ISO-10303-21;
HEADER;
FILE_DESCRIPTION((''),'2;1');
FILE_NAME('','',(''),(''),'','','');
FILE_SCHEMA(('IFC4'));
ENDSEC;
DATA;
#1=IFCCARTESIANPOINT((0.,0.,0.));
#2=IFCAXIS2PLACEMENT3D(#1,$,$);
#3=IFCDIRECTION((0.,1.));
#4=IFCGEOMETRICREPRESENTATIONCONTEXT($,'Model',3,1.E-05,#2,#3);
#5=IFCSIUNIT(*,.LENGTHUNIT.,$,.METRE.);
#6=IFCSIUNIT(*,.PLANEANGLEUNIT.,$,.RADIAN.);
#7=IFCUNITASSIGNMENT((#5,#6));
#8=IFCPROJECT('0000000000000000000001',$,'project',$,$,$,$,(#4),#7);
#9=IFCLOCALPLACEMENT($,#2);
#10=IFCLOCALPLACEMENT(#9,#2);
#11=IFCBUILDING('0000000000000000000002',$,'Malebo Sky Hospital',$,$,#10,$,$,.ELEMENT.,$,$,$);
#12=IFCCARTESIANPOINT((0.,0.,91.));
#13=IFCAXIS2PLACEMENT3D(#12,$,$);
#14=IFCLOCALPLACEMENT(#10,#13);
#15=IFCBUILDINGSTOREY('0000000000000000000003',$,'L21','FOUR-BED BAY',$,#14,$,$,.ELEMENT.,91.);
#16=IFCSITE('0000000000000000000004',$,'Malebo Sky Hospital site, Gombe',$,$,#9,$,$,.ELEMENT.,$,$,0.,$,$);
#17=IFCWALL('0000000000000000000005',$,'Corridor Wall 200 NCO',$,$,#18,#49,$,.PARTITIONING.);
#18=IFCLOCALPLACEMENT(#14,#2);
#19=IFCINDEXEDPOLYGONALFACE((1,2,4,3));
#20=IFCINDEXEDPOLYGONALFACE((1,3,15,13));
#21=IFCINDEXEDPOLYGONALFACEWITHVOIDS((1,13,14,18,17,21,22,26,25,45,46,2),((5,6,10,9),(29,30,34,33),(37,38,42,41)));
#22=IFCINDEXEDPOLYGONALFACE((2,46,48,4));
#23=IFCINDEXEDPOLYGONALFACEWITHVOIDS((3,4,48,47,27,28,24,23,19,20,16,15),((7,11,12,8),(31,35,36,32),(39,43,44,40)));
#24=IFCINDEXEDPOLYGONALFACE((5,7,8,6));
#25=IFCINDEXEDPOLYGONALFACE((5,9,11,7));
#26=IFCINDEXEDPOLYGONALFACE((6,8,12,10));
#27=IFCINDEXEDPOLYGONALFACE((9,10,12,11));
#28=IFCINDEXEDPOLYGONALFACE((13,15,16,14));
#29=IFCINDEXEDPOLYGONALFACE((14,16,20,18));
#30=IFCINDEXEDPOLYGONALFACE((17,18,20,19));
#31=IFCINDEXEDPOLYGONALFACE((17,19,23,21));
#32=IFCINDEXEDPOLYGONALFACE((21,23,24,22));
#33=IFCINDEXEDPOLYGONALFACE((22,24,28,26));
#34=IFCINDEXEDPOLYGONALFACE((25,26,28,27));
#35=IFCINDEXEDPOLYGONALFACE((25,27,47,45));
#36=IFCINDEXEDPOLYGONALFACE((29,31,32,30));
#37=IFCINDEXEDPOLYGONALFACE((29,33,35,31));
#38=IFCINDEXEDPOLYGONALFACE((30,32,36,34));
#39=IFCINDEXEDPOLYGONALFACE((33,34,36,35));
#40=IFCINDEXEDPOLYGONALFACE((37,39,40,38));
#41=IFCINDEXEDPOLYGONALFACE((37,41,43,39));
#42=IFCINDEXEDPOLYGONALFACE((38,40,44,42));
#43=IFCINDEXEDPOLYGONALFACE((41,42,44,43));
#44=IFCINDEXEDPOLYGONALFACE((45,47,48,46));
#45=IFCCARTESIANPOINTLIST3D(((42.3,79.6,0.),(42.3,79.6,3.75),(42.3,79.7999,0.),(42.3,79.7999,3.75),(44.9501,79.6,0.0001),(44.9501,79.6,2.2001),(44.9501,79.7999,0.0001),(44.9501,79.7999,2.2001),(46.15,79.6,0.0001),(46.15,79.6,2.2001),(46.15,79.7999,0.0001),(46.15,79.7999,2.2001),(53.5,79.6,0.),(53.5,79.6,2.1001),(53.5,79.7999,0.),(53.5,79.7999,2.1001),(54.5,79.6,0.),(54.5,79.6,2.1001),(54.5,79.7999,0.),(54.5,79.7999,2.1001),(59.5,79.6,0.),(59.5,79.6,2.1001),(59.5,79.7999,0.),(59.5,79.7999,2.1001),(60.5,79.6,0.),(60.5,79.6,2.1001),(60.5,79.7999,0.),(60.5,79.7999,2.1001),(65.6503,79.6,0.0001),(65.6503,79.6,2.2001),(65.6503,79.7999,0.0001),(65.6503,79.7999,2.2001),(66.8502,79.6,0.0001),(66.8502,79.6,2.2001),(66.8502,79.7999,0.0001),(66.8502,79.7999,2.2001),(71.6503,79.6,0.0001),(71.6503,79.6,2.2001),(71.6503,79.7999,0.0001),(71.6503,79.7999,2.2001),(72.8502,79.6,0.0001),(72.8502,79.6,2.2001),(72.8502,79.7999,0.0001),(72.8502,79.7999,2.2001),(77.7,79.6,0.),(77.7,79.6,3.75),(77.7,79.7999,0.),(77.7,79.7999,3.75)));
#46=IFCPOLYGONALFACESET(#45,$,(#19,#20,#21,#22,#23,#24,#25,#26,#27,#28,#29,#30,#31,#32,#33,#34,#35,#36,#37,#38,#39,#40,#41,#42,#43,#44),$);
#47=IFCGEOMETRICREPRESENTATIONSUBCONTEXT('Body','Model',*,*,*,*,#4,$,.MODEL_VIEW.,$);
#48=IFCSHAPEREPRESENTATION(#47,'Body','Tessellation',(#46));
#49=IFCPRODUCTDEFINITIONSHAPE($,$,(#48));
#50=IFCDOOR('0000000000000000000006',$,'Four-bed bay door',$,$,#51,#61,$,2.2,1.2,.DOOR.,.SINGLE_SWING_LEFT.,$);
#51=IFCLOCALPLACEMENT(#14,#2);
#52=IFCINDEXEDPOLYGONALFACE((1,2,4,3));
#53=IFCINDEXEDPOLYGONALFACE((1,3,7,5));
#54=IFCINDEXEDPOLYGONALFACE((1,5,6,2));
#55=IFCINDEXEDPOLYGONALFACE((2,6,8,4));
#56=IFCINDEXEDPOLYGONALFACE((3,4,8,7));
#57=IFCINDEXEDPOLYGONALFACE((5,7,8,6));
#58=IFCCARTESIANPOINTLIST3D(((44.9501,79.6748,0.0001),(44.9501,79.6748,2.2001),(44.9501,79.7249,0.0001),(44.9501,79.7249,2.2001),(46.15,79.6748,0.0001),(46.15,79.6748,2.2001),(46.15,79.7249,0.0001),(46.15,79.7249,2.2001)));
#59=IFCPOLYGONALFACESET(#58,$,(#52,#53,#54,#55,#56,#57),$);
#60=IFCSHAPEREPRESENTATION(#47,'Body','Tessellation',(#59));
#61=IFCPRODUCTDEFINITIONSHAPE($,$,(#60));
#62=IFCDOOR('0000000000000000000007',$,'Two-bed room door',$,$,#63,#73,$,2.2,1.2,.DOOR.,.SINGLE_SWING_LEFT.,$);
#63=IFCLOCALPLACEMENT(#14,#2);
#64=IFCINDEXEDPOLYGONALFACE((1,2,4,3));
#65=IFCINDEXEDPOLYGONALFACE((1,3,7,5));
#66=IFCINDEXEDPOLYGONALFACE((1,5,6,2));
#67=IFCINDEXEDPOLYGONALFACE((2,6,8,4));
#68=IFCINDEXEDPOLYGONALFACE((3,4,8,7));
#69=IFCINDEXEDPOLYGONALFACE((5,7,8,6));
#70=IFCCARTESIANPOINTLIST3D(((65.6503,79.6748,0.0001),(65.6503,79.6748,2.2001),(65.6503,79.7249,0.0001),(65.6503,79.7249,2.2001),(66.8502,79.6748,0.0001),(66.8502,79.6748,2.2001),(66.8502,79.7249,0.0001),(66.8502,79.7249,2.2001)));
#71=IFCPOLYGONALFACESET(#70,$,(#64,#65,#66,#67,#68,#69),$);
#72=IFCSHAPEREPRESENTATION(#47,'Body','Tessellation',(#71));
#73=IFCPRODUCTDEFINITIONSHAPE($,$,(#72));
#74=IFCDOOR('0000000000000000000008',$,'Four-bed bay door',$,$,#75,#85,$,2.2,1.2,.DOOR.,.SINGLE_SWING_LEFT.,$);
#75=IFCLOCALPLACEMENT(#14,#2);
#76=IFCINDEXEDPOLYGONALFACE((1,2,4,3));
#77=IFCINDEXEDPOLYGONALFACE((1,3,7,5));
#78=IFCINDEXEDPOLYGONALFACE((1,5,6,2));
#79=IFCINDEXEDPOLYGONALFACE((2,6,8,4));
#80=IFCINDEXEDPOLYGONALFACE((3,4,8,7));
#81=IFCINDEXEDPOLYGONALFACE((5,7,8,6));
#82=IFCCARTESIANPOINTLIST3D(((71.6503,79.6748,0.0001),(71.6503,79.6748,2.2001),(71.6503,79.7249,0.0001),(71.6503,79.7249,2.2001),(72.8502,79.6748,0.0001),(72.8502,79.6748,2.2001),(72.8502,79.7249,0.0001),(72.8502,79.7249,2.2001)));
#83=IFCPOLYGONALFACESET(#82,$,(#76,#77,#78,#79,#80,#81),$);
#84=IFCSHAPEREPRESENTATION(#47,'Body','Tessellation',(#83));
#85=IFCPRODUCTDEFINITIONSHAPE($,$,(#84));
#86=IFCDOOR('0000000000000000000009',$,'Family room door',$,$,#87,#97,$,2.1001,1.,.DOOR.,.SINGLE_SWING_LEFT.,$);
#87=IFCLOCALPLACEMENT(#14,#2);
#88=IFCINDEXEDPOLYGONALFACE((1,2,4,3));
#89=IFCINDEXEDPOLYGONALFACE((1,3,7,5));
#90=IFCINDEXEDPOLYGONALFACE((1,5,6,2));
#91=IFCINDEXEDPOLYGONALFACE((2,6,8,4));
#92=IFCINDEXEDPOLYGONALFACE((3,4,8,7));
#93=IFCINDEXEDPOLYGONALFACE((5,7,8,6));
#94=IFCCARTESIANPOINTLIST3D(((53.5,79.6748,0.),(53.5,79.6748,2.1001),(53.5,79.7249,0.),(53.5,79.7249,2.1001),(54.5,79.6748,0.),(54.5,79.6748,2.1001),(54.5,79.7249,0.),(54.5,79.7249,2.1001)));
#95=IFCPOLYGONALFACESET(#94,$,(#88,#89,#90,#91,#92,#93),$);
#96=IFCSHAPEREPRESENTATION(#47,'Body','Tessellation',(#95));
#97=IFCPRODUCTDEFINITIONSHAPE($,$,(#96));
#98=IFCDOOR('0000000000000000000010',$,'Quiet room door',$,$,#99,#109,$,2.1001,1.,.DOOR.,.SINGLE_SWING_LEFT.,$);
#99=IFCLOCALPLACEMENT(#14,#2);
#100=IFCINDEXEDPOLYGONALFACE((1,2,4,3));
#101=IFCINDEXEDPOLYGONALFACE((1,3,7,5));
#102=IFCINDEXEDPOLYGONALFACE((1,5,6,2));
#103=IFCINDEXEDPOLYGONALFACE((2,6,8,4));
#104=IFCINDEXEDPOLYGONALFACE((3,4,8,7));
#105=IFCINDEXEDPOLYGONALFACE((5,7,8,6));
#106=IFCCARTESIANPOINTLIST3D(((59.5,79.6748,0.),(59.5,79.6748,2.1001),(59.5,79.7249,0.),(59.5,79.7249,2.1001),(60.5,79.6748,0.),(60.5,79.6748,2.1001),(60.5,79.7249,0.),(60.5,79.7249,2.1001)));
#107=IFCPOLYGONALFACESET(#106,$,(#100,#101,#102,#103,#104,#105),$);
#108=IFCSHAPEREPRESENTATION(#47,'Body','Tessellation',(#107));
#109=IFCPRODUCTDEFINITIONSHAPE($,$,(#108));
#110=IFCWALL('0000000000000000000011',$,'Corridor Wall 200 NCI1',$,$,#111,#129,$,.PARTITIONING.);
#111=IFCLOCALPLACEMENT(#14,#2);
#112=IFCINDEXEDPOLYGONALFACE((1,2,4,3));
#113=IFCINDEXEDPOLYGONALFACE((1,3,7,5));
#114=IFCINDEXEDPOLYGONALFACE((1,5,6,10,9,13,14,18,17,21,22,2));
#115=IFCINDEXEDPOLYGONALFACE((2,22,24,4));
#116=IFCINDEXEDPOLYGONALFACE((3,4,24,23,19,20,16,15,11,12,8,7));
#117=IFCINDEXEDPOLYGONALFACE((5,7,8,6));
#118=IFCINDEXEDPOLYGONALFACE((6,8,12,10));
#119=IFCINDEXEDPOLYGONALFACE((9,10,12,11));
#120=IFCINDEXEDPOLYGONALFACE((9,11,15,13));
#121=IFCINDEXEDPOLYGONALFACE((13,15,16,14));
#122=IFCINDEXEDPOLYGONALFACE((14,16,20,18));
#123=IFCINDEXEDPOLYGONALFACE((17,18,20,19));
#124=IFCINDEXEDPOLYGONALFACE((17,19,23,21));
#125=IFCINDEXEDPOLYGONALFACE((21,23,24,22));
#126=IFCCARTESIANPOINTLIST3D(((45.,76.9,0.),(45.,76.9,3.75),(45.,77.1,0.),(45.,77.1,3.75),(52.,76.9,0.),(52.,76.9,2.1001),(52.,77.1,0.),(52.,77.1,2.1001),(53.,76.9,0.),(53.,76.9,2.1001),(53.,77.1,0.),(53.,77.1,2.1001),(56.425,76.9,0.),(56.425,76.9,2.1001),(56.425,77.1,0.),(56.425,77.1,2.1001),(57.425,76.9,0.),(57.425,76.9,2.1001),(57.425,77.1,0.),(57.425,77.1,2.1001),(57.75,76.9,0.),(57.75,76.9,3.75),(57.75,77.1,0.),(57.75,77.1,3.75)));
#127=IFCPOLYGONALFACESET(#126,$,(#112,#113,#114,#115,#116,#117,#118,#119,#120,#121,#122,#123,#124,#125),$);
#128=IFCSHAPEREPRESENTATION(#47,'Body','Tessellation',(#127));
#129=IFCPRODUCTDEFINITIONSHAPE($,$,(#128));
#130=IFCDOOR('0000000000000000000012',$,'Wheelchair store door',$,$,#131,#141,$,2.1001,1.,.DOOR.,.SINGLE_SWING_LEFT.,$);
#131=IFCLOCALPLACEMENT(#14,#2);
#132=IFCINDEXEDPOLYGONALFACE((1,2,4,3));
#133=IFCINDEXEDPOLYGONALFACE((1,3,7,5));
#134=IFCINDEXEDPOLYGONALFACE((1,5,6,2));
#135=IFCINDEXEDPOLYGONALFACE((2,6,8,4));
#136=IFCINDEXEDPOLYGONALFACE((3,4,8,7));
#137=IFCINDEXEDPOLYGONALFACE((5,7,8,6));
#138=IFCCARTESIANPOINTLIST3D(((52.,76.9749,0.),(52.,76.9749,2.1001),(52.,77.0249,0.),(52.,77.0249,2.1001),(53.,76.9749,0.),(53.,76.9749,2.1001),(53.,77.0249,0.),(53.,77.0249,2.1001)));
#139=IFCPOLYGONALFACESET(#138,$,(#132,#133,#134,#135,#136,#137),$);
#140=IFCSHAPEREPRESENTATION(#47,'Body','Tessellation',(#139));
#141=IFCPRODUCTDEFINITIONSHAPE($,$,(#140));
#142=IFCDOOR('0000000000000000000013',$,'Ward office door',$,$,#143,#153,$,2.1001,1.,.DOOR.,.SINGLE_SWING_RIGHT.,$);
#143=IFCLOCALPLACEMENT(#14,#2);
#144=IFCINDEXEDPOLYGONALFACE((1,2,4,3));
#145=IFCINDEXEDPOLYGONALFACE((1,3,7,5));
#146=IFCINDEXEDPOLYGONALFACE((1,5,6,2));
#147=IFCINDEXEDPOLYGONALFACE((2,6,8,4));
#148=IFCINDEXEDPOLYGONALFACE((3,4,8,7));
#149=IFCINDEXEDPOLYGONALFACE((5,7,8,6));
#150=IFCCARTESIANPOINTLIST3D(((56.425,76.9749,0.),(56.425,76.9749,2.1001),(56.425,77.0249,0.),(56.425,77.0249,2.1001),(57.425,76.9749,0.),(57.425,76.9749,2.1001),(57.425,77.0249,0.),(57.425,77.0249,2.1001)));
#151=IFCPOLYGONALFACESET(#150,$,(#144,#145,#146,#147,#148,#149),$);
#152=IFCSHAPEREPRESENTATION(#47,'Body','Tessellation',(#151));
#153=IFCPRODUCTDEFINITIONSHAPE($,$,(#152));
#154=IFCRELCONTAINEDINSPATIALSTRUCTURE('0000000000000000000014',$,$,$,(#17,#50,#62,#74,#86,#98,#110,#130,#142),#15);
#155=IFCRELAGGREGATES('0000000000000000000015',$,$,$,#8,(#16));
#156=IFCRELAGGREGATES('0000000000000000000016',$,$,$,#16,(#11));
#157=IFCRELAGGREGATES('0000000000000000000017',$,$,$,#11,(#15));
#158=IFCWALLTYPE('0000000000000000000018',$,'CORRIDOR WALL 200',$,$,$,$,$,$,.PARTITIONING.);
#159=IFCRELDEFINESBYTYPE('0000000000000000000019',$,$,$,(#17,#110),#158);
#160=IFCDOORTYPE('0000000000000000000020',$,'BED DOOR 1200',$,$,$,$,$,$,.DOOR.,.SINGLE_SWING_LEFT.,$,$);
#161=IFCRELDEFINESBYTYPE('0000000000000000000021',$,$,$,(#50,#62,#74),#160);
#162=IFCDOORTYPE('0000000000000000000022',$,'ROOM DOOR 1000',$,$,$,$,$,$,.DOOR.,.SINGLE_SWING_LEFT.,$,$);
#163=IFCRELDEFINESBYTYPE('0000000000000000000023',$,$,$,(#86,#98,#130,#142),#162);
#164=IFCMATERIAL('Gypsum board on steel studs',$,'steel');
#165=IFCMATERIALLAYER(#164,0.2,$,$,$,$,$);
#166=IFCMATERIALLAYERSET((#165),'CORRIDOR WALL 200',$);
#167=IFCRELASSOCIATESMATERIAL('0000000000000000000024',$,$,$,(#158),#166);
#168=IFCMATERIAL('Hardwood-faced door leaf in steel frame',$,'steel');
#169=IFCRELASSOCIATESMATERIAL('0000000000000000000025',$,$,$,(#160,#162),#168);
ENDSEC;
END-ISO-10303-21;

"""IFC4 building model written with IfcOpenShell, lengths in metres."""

from ifc_helpers import new_model, si_unit, direction, frame, frame_2d, origin, place, context, subcontext, project, spatial, rectangle, extrude, material, layer, layer_set, type_object, element, fill, save


model = new_model("IFC4")

# Units and contexts
model_context = context("Model", 3, precision=1e-05, world=origin(), true_north=direction((0.0, 1.0)))
body_context = subcontext(model_context, "Body", "Model", "MODEL_VIEW")
ifc_project = project(units=[si_unit("LENGTHUNIT", "METRE"), si_unit("PLANEANGLEUNIT", "RADIAN")], contexts=[model_context])

# Site, building, storey
site_placement = place(None, origin())
site = spatial("IfcSite", under=ifc_project, at=site_placement, Name="Malebo Sky Hospital site, Gombe", CompositionType="ELEMENT", RefElevation=0.0)
building_placement = place(site_placement, origin())
building = spatial("IfcBuilding", under=site, at=building_placement, Name="Malebo Sky Hospital", CompositionType="ELEMENT")
storey_placement = place(building_placement, frame((0.0, 0.0, 91.0)))
storey = spatial("IfcBuildingStorey", under=building, at=storey_placement, Name="L21", Description="FOUR-BED BAY", CompositionType="ELEMENT", Elevation=91.0)

# Shared definitions
ifc_material_1 = material(Name="Hardwood-faced door leaf in steel frame", Category="steel")

# Walls, openings, doors
ifc_material_2 = material(Name="Gypsum board on steel studs", Category="steel")
ifc_layer_1 = layer(ifc_material_2, 0.2)
ifc_layer_set_1 = layer_set([ifc_layer_1], Name="CORRIDOR WALL 200")
wall_type_1 = type_object("IfcWallType", Name="CORRIDOR WALL 200", PredefinedType="PARTITIONING", material=ifc_layer_set_1)
wall_1_placement = place(storey_placement, frame((42.3, 79.7, 0.0), z_axis=(0.0, 0.0, 1.0), x_axis=(1.0, 0.0, 0.0)))
wall_1 = element("IfcWall", 1, at=wall_1_placement, inside=storey, type_object=wall_type_1, Name="Corridor Wall 200 NCO", PredefinedType="PARTITIONING", context=body_context, shape_type="SweptSolid", body=[
    extrude(rectangle(XDim=35.3999, YDim=0.2, at=frame_2d((17.7, 0.0))), origin(), (0.0, 0.0, 1.0), 3.75),
])
opening_1_placement = place(wall_1_placement, frame((2.6499, 0.0, 0.0)))
opening_1 = element("IfcOpeningElement", 2, at=opening_1_placement, cuts=wall_1, PredefinedType="OPENING", context=body_context, shape_type="SweptSolid", body=[
    extrude(rectangle(XDim=1.2, YDim=2.2, at=frame_2d((0.6001, 1.1001))), frame((0.0, 0.1099, 0.0), z_axis=(0.0, -1.0, 0.0), x_axis=(1.0, 0.0, 0.0)), (0.0, 0.0, 1.0), 0.22),
])
opening_2_placement = place(wall_1_placement, frame((11.2, 0.0, 0.0)))
opening_2 = element("IfcOpeningElement", 3, at=opening_2_placement, cuts=wall_1, PredefinedType="OPENING", context=body_context, shape_type="SweptSolid", body=[
    extrude(rectangle(XDim=1.0, YDim=2.1001, at=frame_2d((0.5, 1.05))), frame((0.0, 0.1099, 0.0), z_axis=(0.0, -1.0, 0.0), x_axis=(1.0, 0.0, 0.0)), (0.0, 0.0, 1.0), 0.22),
])
opening_3_placement = place(wall_1_placement, frame((17.2, 0.0, 0.0)))
opening_3 = element("IfcOpeningElement", 4, at=opening_3_placement, cuts=wall_1, PredefinedType="OPENING", context=body_context, shape_type="SweptSolid", body=[
    extrude(rectangle(XDim=1.0, YDim=2.1001, at=frame_2d((0.5, 1.05))), frame((0.0, 0.1099, 0.0), z_axis=(0.0, -1.0, 0.0), x_axis=(1.0, 0.0, 0.0)), (0.0, 0.0, 1.0), 0.22),
])
opening_4_placement = place(wall_1_placement, frame((23.3501, 0.0, 0.0)))
opening_4 = element("IfcOpeningElement", 5, at=opening_4_placement, cuts=wall_1, PredefinedType="OPENING", context=body_context, shape_type="SweptSolid", body=[
    extrude(rectangle(XDim=1.2, YDim=2.2, at=frame_2d((0.6001, 1.1001))), frame((0.0, 0.1099, 0.0), z_axis=(0.0, -1.0, 0.0), x_axis=(1.0, 0.0, 0.0)), (0.0, 0.0, 1.0), 0.22),
])
opening_5_placement = place(wall_1_placement, frame((29.3501, 0.0, 0.0)))
opening_5 = element("IfcOpeningElement", 6, at=opening_5_placement, cuts=wall_1, PredefinedType="OPENING", context=body_context, shape_type="SweptSolid", body=[
    extrude(rectangle(XDim=1.2, YDim=2.2, at=frame_2d((0.6001, 1.1001))), frame((0.0, 0.1099, 0.0), z_axis=(0.0, -1.0, 0.0), x_axis=(1.0, 0.0, 0.0)), (0.0, 0.0, 1.0), 0.22),
])
door_type_1 = type_object("IfcDoorType", Name="BED DOOR 1200", OperationType="SINGLE_SWING_LEFT", PredefinedType="DOOR", material=ifc_material_1)
door_1_placement = place(opening_1_placement, origin())
door_1 = element("IfcDoor", 7, at=door_1_placement, inside=storey, type_object=door_type_1, Name="Four-bed bay door", OperationType="SINGLE_SWING_LEFT", OverallHeight=2.2, OverallWidth=1.2, PredefinedType="DOOR", context=body_context, shape_type="SweptSolid", body=[
    extrude(rectangle(XDim=1.2, YDim=2.2, at=frame_2d((0.6001, 1.1001))), frame((0.0, 0.0249, 0.0), z_axis=(0.0, -1.0, 0.0), x_axis=(1.0, 0.0, 0.0)), (0.0, 0.0, 1.0), 0.05),
])
fill(opening_1, door_1)
door_2_placement = place(opening_4_placement, origin())
door_2 = element("IfcDoor", 8, at=door_2_placement, inside=storey, type_object=door_type_1, Name="Two-bed room door", OperationType="SINGLE_SWING_LEFT", OverallHeight=2.2, OverallWidth=1.2, PredefinedType="DOOR", context=body_context, shape_type="SweptSolid", body=[
    extrude(rectangle(XDim=1.2, YDim=2.2, at=frame_2d((0.6001, 1.1001))), frame((0.0, 0.0249, 0.0), z_axis=(0.0, -1.0, 0.0), x_axis=(1.0, 0.0, 0.0)), (0.0, 0.0, 1.0), 0.05),
])
fill(opening_4, door_2)
door_3_placement = place(opening_5_placement, origin())
door_3 = element("IfcDoor", 9, at=door_3_placement, inside=storey, type_object=door_type_1, Name="Four-bed bay door", OperationType="SINGLE_SWING_LEFT", OverallHeight=2.2, OverallWidth=1.2, PredefinedType="DOOR", context=body_context, shape_type="SweptSolid", body=[
    extrude(rectangle(XDim=1.2, YDim=2.2, at=frame_2d((0.6001, 1.1001))), frame((0.0, 0.0249, 0.0), z_axis=(0.0, -1.0, 0.0), x_axis=(1.0, 0.0, 0.0)), (0.0, 0.0, 1.0), 0.05),
])
fill(opening_5, door_3)
door_type_2 = type_object("IfcDoorType", Name="ROOM DOOR 1000", OperationType="SINGLE_SWING_LEFT", PredefinedType="DOOR", material=ifc_material_1)
door_4_placement = place(opening_2_placement, origin())
door_4 = element("IfcDoor", 10, at=door_4_placement, inside=storey, type_object=door_type_2, Name="Family room door", OperationType="SINGLE_SWING_LEFT", OverallHeight=2.1001, OverallWidth=1.0, PredefinedType="DOOR", context=body_context, shape_type="SweptSolid", body=[
    extrude(rectangle(XDim=1.0, YDim=2.1001, at=frame_2d((0.5, 1.05))), frame((0.0, 0.0249, 0.0), z_axis=(0.0, -1.0, 0.0), x_axis=(1.0, 0.0, 0.0)), (0.0, 0.0, 1.0), 0.05),
])
fill(opening_2, door_4)
door_5_placement = place(opening_3_placement, origin())
door_5 = element("IfcDoor", 11, at=door_5_placement, inside=storey, type_object=door_type_2, Name="Quiet room door", OperationType="SINGLE_SWING_LEFT", OverallHeight=2.1001, OverallWidth=1.0, PredefinedType="DOOR", context=body_context, shape_type="SweptSolid", body=[
    extrude(rectangle(XDim=1.0, YDim=2.1001, at=frame_2d((0.5, 1.05))), frame((0.0, 0.0249, 0.0), z_axis=(0.0, -1.0, 0.0), x_axis=(1.0, 0.0, 0.0)), (0.0, 0.0, 1.0), 0.05),
])
fill(opening_3, door_5)
wall_2_placement = place(storey_placement, frame((45.0, 77.0, 0.0), z_axis=(0.0, 0.0, 1.0), x_axis=(1.0, 0.0, 0.0)))
wall_2 = element("IfcWall", 12, at=wall_2_placement, inside=storey, type_object=wall_type_1, Name="Corridor Wall 200 NCI1", PredefinedType="PARTITIONING", context=body_context, shape_type="SweptSolid", body=[
    extrude(rectangle(XDim=12.75, YDim=0.2, at=frame_2d((6.375, 0.0))), origin(), (0.0, 0.0, 1.0), 3.75),
])
opening_6_placement = place(wall_2_placement, frame((7.0, 0.0, 0.0)))
opening_6 = element("IfcOpeningElement", 13, at=opening_6_placement, cuts=wall_2, PredefinedType="OPENING", context=body_context, shape_type="SweptSolid", body=[
    extrude(rectangle(XDim=1.0, YDim=2.1001, at=frame_2d((0.5, 1.05))), frame((0.0, 0.1099, 0.0), z_axis=(0.0, -1.0, 0.0), x_axis=(1.0, 0.0, 0.0)), (0.0, 0.0, 1.0), 0.22),
])
opening_7_placement = place(wall_2_placement, frame((11.425, 0.0, 0.0)))
opening_7 = element("IfcOpeningElement", 14, at=opening_7_placement, cuts=wall_2, PredefinedType="OPENING", context=body_context, shape_type="SweptSolid", body=[
    extrude(rectangle(XDim=1.0, YDim=2.1001, at=frame_2d((0.5, 1.05))), frame((0.0, 0.1099, 0.0), z_axis=(0.0, -1.0, 0.0), x_axis=(1.0, 0.0, 0.0)), (0.0, 0.0, 1.0), 0.22),
])
door_6_placement = place(opening_6_placement, origin())
door_6 = element("IfcDoor", 15, at=door_6_placement, inside=storey, type_object=door_type_2, Name="Wheelchair store door", OperationType="SINGLE_SWING_LEFT", OverallHeight=2.1001, OverallWidth=1.0, PredefinedType="DOOR", context=body_context, shape_type="SweptSolid", body=[
    extrude(rectangle(XDim=1.0, YDim=2.1001, at=frame_2d((0.5, 1.05))), frame((0.0, 0.0249, 0.0), z_axis=(0.0, -1.0, 0.0), x_axis=(1.0, 0.0, 0.0)), (0.0, 0.0, 1.0), 0.05),
])
fill(opening_6, door_6)
door_7_placement = place(opening_7_placement, origin())
door_7 = element("IfcDoor", 16, at=door_7_placement, inside=storey, type_object=door_type_2, Name="Ward office door", OperationType="SINGLE_SWING_RIGHT", OverallHeight=2.1001, OverallWidth=1.0, PredefinedType="DOOR", context=body_context, shape_type="SweptSolid", body=[
    extrude(rectangle(XDim=1.0, YDim=2.1001, at=frame_2d((0.5, 1.05))), frame((0.0, 0.0249, 0.0), z_axis=(0.0, -1.0, 0.0), x_axis=(1.0, 0.0, 0.0)), (0.0, 0.0, 1.0), 0.05),
])
fill(opening_7, door_7)

save(model, "model.ifc")
